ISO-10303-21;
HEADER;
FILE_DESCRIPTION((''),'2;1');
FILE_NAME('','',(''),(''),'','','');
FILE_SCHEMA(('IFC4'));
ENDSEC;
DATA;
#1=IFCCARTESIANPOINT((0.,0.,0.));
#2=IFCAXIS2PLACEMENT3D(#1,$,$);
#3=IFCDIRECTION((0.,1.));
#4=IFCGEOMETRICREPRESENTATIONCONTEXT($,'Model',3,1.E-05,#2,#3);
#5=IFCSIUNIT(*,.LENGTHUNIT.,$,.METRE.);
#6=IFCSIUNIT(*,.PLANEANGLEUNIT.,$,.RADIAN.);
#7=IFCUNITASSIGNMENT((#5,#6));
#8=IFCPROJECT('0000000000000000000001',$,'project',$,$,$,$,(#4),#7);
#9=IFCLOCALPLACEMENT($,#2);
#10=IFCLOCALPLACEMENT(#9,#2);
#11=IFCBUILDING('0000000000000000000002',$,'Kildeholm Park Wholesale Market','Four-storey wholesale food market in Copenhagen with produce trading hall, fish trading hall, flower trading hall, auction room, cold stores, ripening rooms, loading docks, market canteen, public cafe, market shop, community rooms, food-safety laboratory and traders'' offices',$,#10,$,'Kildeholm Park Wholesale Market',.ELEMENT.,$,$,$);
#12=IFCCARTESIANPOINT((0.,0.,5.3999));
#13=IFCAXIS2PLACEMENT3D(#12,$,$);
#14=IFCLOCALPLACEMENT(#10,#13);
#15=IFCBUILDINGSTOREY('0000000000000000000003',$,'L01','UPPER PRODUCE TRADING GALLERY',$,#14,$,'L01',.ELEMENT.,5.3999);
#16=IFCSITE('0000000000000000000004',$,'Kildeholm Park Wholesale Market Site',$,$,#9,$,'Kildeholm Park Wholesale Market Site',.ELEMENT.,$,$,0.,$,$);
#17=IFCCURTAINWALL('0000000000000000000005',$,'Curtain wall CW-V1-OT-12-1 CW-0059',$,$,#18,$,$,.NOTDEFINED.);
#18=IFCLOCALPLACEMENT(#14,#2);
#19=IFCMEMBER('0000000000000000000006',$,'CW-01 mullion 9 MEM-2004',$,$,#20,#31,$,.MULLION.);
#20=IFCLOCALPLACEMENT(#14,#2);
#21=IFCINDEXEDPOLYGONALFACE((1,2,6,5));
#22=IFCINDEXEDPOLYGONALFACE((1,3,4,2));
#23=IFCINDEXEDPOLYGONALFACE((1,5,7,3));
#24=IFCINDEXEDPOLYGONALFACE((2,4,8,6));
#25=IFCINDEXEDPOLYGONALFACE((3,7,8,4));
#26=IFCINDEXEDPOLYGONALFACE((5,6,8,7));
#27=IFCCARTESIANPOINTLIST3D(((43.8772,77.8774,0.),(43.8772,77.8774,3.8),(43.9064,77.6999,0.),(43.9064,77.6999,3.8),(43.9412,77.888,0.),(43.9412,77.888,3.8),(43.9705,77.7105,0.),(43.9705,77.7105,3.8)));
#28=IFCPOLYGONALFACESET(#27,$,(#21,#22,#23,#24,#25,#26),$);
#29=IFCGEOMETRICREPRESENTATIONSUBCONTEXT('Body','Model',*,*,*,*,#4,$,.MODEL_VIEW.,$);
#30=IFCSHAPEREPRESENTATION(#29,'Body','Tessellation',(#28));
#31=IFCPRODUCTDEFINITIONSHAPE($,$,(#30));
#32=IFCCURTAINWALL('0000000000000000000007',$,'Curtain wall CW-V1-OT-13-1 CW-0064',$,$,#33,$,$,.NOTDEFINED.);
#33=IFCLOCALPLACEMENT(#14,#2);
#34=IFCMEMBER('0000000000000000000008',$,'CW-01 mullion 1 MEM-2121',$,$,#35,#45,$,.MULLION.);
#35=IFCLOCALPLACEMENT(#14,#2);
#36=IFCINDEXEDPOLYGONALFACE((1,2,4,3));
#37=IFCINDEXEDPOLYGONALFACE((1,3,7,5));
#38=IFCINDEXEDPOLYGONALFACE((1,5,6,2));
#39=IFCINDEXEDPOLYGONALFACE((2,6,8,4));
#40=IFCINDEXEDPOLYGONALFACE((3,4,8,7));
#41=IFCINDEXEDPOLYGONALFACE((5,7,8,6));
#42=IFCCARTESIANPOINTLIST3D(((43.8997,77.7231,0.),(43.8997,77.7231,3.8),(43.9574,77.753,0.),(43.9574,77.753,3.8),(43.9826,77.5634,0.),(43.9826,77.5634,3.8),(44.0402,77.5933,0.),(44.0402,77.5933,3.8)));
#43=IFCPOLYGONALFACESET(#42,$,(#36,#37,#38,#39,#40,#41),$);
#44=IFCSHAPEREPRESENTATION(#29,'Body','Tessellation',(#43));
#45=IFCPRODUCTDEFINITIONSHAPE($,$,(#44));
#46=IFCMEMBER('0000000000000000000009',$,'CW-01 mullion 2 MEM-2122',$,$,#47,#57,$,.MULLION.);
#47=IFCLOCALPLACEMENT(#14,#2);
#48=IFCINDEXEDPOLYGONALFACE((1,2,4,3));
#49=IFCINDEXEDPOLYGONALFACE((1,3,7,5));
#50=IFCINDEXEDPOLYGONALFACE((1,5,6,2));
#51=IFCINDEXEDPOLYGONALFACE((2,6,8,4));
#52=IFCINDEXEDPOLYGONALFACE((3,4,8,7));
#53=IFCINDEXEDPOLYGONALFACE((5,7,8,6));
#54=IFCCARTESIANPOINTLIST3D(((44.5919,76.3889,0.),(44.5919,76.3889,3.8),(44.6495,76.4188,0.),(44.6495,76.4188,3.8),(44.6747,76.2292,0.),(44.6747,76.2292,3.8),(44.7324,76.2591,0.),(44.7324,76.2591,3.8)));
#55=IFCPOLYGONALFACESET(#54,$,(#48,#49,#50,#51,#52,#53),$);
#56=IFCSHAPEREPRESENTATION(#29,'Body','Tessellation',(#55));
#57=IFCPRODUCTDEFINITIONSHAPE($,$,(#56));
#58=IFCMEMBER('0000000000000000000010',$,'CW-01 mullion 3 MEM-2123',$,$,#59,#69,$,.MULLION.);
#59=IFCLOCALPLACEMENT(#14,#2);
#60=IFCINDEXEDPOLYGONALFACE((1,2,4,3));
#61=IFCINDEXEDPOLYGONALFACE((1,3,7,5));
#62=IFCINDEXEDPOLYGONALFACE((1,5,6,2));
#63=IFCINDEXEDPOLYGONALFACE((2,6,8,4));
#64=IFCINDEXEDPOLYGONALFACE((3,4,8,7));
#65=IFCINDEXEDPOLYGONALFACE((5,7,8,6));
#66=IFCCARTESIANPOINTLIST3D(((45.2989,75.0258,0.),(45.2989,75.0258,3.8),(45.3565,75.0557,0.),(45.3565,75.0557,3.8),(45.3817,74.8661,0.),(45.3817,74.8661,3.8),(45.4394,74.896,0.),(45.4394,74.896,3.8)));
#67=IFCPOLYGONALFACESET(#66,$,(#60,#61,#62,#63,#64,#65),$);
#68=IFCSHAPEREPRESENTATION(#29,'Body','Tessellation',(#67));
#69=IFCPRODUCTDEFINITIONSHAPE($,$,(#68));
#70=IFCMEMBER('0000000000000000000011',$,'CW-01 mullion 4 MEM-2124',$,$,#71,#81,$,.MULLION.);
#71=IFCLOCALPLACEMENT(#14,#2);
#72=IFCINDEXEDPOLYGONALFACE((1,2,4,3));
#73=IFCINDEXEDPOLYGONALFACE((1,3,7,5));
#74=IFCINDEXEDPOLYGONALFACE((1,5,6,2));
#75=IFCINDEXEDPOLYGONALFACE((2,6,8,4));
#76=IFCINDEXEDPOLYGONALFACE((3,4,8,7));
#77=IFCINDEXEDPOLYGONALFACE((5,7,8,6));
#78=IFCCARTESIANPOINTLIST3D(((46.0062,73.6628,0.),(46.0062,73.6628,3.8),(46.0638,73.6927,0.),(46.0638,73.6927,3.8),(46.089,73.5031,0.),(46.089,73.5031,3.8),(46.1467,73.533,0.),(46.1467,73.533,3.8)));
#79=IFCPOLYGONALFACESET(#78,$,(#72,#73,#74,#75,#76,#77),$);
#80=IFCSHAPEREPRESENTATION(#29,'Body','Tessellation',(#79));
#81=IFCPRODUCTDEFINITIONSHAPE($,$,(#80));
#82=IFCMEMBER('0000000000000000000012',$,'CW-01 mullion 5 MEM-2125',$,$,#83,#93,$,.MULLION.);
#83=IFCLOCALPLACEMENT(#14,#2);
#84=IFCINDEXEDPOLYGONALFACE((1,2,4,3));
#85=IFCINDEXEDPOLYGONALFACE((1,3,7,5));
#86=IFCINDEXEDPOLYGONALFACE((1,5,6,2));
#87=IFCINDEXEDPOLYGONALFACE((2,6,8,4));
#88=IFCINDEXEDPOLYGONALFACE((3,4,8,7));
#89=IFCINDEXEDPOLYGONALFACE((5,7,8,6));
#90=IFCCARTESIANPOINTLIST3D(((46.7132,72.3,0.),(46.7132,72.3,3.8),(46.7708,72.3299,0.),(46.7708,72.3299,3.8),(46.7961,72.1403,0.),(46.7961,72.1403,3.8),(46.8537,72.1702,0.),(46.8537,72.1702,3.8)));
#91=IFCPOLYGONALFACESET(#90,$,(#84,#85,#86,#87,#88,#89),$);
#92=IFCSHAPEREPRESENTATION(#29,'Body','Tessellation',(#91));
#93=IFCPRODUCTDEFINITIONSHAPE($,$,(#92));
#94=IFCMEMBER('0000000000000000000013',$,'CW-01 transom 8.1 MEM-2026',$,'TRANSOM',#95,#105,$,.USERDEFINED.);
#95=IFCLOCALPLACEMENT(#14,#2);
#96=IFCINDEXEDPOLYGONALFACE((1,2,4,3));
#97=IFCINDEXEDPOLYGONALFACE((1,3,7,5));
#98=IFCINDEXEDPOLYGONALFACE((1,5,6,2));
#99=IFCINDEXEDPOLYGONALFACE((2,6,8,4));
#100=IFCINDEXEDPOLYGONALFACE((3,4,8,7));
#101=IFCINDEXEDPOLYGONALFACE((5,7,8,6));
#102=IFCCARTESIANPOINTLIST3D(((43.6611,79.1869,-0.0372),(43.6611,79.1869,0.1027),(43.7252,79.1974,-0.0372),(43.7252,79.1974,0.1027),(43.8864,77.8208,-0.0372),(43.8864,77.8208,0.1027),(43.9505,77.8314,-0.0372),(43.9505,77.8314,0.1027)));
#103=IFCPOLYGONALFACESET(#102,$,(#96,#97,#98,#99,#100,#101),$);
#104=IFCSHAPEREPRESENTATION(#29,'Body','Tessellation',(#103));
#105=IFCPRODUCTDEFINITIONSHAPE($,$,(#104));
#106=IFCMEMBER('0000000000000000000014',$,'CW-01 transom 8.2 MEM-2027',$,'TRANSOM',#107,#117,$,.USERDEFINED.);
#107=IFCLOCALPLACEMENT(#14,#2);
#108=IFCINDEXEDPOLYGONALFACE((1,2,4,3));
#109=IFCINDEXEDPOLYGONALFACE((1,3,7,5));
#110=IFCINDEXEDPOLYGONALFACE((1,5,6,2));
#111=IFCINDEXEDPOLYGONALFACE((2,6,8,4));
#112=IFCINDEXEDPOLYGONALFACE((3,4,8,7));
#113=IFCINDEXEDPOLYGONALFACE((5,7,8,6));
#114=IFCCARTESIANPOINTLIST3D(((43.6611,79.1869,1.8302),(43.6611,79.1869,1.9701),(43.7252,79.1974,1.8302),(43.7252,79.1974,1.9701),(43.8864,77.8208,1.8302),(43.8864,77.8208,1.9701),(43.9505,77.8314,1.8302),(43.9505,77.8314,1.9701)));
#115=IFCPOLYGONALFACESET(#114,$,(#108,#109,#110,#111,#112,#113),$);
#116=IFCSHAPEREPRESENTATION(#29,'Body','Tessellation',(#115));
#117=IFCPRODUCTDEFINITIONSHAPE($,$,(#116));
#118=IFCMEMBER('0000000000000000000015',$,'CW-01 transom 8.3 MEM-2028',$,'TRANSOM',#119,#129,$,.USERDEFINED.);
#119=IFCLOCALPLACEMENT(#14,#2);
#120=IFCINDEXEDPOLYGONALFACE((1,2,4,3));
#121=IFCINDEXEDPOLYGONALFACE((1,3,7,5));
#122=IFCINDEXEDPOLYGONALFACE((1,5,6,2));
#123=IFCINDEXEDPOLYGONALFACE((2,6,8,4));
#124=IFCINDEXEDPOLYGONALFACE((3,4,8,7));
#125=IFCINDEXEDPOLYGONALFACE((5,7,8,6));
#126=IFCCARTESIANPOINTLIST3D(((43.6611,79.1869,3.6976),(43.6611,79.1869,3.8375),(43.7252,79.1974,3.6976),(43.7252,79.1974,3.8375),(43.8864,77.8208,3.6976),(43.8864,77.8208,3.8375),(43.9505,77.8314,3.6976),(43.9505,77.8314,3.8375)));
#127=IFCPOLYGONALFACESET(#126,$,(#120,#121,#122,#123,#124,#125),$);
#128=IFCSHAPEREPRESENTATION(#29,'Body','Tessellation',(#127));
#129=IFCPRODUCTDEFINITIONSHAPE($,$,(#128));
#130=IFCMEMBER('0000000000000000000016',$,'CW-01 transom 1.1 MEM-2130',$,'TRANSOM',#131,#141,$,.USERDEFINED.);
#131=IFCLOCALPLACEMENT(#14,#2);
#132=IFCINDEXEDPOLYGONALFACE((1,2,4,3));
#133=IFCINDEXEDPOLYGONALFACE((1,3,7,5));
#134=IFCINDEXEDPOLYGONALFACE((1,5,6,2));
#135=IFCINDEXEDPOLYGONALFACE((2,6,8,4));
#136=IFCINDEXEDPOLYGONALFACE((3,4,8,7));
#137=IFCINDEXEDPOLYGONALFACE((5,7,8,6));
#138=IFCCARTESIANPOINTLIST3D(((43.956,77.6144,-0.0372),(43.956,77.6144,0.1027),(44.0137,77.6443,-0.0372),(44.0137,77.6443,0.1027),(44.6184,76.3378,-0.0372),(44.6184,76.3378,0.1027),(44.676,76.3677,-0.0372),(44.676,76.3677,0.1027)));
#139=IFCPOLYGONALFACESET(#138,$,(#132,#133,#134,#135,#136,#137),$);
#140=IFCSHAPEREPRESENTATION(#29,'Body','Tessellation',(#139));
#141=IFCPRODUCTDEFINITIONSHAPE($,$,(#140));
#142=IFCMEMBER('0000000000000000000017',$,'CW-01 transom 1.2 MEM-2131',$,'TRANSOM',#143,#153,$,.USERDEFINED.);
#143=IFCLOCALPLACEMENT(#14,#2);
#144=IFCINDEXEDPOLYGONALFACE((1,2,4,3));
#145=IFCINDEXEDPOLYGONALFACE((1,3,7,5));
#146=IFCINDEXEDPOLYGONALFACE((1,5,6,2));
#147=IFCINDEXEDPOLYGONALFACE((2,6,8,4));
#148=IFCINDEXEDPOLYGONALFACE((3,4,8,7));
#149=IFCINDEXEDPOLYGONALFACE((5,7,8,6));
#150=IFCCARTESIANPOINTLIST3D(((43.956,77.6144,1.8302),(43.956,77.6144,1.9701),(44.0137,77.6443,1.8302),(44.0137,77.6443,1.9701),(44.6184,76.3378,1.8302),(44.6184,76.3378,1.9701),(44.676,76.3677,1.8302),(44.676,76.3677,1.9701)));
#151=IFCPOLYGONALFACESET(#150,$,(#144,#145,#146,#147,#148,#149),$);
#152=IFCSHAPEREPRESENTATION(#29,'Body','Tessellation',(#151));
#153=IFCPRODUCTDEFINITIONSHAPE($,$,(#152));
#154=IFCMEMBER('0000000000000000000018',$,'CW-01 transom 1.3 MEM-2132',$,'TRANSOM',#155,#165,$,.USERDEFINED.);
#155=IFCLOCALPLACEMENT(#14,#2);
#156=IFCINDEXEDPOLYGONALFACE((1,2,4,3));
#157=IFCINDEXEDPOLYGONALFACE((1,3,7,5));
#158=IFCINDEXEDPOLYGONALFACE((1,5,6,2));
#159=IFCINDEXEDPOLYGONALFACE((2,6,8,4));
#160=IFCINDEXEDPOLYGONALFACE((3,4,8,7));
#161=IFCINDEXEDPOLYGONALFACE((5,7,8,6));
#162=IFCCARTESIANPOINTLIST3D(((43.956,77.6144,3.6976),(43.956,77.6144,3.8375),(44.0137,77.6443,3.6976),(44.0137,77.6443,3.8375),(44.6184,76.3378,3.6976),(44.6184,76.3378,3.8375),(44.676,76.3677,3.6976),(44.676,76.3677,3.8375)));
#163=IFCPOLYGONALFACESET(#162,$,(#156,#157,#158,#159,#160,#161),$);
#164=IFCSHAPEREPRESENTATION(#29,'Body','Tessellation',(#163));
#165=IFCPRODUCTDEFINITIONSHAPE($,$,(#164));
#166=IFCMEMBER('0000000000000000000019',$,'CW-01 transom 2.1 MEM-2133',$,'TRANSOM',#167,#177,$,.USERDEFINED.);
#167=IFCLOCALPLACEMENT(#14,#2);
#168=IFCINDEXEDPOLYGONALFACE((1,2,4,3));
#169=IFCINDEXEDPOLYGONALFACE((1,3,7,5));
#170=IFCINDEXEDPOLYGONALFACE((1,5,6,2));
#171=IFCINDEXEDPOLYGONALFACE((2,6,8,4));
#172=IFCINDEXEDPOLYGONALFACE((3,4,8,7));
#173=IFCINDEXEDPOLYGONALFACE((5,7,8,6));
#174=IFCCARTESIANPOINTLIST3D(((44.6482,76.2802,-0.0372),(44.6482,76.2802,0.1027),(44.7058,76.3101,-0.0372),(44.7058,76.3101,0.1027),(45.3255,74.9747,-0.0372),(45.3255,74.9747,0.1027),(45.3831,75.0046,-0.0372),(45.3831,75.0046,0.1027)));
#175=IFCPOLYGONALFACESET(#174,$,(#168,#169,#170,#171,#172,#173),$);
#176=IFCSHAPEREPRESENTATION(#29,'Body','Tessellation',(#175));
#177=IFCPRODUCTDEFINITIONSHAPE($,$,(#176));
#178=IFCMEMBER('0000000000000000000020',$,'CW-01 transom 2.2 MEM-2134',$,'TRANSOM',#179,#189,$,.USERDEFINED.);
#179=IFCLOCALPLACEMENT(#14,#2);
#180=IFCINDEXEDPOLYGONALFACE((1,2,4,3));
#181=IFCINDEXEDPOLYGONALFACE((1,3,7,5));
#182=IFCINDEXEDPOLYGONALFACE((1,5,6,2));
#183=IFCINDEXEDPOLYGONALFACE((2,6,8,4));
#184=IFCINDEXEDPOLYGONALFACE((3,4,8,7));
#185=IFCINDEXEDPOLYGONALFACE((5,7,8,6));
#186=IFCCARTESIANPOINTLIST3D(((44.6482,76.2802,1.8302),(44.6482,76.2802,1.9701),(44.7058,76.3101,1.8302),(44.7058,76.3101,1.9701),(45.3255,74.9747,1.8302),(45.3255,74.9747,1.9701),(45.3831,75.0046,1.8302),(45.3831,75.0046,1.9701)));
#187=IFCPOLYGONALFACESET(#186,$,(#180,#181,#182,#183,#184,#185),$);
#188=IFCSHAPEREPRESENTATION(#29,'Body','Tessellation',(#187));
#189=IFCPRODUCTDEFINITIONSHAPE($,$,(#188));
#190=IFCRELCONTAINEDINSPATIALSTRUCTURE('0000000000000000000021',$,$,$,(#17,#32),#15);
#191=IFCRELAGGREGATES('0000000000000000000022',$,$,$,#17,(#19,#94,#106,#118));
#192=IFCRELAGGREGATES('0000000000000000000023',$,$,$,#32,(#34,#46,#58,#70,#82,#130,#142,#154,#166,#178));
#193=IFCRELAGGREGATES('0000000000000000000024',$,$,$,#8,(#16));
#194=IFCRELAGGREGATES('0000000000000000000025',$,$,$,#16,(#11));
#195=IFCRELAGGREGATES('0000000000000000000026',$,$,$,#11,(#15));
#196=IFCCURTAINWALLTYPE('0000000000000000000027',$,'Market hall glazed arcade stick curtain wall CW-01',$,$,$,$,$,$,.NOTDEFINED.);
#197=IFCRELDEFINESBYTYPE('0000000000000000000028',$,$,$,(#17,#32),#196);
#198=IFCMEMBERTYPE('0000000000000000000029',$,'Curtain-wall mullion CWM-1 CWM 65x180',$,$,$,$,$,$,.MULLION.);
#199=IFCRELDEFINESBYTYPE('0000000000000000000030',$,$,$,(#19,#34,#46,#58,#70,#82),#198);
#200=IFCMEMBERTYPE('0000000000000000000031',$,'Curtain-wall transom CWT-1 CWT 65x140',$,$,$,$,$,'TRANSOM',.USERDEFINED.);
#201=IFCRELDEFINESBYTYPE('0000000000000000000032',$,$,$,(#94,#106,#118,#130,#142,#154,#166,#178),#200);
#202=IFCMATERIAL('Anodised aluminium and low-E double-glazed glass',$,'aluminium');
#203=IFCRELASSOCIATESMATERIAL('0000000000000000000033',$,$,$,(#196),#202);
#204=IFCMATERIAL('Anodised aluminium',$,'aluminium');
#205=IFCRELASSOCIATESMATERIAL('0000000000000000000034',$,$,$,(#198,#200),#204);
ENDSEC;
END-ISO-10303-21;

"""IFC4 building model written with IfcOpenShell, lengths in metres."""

from ifc_helpers import new_model, si_unit, direction, frame, origin, origin_2d, place, context, subcontext, project, spatial, rectangle, extrude, material, material_profile, profile_set, type_object, element, aggregate, save


model = new_model("IFC4")

# Units and contexts
model_context = context("Model", 3, precision=1e-05, world=origin(), true_north=direction((0.0, 1.0)))
body_context = subcontext(model_context, "Body", "Model", "MODEL_VIEW")
ifc_project = project(units=[si_unit("LENGTHUNIT", "METRE"), si_unit("PLANEANGLEUNIT", "RADIAN")], contexts=[model_context])

# Site, building, storey
site_placement = place(None, origin())
site = spatial("IfcSite", under=ifc_project, at=site_placement, Name="Kildeholm Park Wholesale Market Site", LongName="Kildeholm Park Wholesale Market Site", CompositionType="ELEMENT", RefElevation=0.0)
building_placement = place(site_placement, origin())
building = spatial("IfcBuilding", under=site, at=building_placement, Name="Kildeholm Park Wholesale Market", Description="Four-storey wholesale food market in Copenhagen with produce trading hall, fish trading hall, flower trading hall, auction room, cold stores, ripening rooms, loading docks, market canteen, public cafe, market shop, community rooms, food-safety laboratory and traders' offices", LongName="Kildeholm Park Wholesale Market", CompositionType="ELEMENT")
storey_placement = place(building_placement, frame((0.0, 0.0, 5.3999)))
storey = spatial("IfcBuildingStorey", under=building, at=storey_placement, Name="L01", Description="UPPER PRODUCE TRADING GALLERY", LongName="L01", CompositionType="ELEMENT", Elevation=5.3999)

# Curtain walls, members
ifc_material_1 = material(Name="Anodised aluminium and low-E double-glazed glass", Category="aluminium")
curtain_wall_type = type_object("IfcCurtainWallType", Name="Market hall glazed arcade stick curtain wall CW-01", PredefinedType="NOTDEFINED", material=ifc_material_1)
curtain_wall_1_placement = place(storey_placement, origin())
curtain_wall_1 = element("IfcCurtainWall", 1, at=curtain_wall_1_placement, inside=storey, type_object=curtain_wall_type, Name="Curtain wall CW-V1-OT-12-1 CW-0059", PredefinedType="NOTDEFINED")
ifc_material_2 = material(Name="Anodised aluminium", Category="aluminium")
ifc_material_profile_1 = material_profile(ifc_material_2, rectangle(XDim=0.0649, YDim=0.1799, at=origin_2d()), Name="CWM 65x180")
ifc_profile_set_1 = profile_set([ifc_material_profile_1], Name="Anodised aluminium")
member_type_1 = type_object("IfcMemberType", Name="Curtain-wall mullion CWM-1 CWM 65x180", PredefinedType="MULLION", material=ifc_profile_set_1)
member_1_placement = place(storey_placement, frame((43.9238, 77.7939, 0.0), z_axis=(0.0, 0.0, 1.0), x_axis=(0.986675, 0.162703, 0.0)))
member_1 = element("IfcMember", 2, at=member_1_placement, type_object=member_type_1, Name="CW-01 mullion 9 MEM-2004", PredefinedType="MULLION", context=body_context, shape_type="SweptSolid", body=[
    extrude(rectangle(XDim=0.0649, YDim=0.1799, at=origin_2d()), origin(), (0.0, 0.0, 1.0), 3.8),
])
curtain_wall_2_placement = place(storey_placement, origin())
curtain_wall_2 = element("IfcCurtainWall", 3, at=curtain_wall_2_placement, inside=storey, type_object=curtain_wall_type, Name="Curtain wall CW-V1-OT-13-1 CW-0064", PredefinedType="NOTDEFINED")
member_2_placement = place(storey_placement, frame((43.97, 77.6582, 0.0), z_axis=(0.0, 0.0, 1.0), x_axis=(0.887652, 0.460514, 0.0)))
member_2 = element("IfcMember", 4, at=member_2_placement, type_object=member_type_1, Name="CW-01 mullion 1 MEM-2121", PredefinedType="MULLION", context=body_context, shape_type="SweptSolid", body=[
    extrude(rectangle(XDim=0.0649, YDim=0.1799, at=origin_2d()), origin(), (0.0, 0.0, 1.0), 3.8),
])
member_3_placement = place(storey_placement, frame((44.6621, 76.324, 0.0), z_axis=(0.0, 0.0, 1.0), x_axis=(0.887652, 0.460514, 0.0)))
member_3 = element("IfcMember", 5, at=member_3_placement, type_object=member_type_1, Name="CW-01 mullion 2 MEM-2122", PredefinedType="MULLION", context=body_context, shape_type="SweptSolid", body=[
    extrude(rectangle(XDim=0.0649, YDim=0.1799, at=origin_2d()), origin(), (0.0, 0.0, 1.0), 3.8),
])
member_4_placement = place(storey_placement, frame((45.3691, 74.9609, 0.0), z_axis=(0.0, 0.0, 1.0), x_axis=(0.887652, 0.460514, 0.0)))
member_4 = element("IfcMember", 6, at=member_4_placement, type_object=member_type_1, Name="CW-01 mullion 3 MEM-2123", PredefinedType="MULLION", context=body_context, shape_type="SweptSolid", body=[
    extrude(rectangle(XDim=0.0649, YDim=0.1799, at=origin_2d()), origin(), (0.0, 0.0, 1.0), 3.8),
])
member_5_placement = place(storey_placement, frame((46.0764, 73.5979, 0.0), z_axis=(0.0, 0.0, 1.0), x_axis=(0.887652, 0.460514, 0.0)))
member_5 = element("IfcMember", 7, at=member_5_placement, type_object=member_type_1, Name="CW-01 mullion 4 MEM-2124", PredefinedType="MULLION", context=body_context, shape_type="SweptSolid", body=[
    extrude(rectangle(XDim=0.0649, YDim=0.1799, at=origin_2d()), origin(), (0.0, 0.0, 1.0), 3.8),
])
member_6_placement = place(storey_placement, frame((46.7834, 72.2351, 0.0), z_axis=(0.0, 0.0, 1.0), x_axis=(0.887652, 0.460514, 0.0)))
member_6 = element("IfcMember", 8, at=member_6_placement, type_object=member_type_1, Name="CW-01 mullion 5 MEM-2125", PredefinedType="MULLION", context=body_context, shape_type="SweptSolid", body=[
    extrude(rectangle(XDim=0.0649, YDim=0.1799, at=origin_2d()), origin(), (0.0, 0.0, 1.0), 3.8),
])

# Members
ifc_material_profile_2 = material_profile(ifc_material_2, rectangle(XDim=0.0649, YDim=0.1399, at=origin_2d()), Name="CWT 65x140")
ifc_profile_set_2 = profile_set([ifc_material_profile_2], Name="Anodised aluminium")
member_type_2 = type_object("IfcMemberType", Name="Curtain-wall transom CWT-1 CWT 65x140", ElementType="TRANSOM", PredefinedType="USERDEFINED", material=ifc_profile_set_2)
member_7_placement = place(storey_placement, frame((43.6931, 79.1921, 0.0327), z_axis=(0.162769, -0.986664, 0.0), x_axis=(0.986664, 0.162769, 0.0)))
member_7 = element("IfcMember", 9, at=member_7_placement, type_object=member_type_2, Name="CW-01 transom 8.1 MEM-2026", ObjectType="TRANSOM", PredefinedType="USERDEFINED", context=body_context, shape_type="SweptSolid", body=[
    extrude(rectangle(XDim=0.0649, YDim=0.1399, at=origin_2d()), origin(), (0.0, 0.0, 1.0), 1.3845),
])
member_8_placement = place(storey_placement, frame((43.6931, 79.1921, 1.9001), z_axis=(0.162769, -0.986664, 0.0), x_axis=(0.986664, 0.162769, 0.0)))
member_8 = element("IfcMember", 10, at=member_8_placement, type_object=member_type_2, Name="CW-01 transom 8.2 MEM-2027", ObjectType="TRANSOM", PredefinedType="USERDEFINED", context=body_context, shape_type="SweptSolid", body=[
    extrude(rectangle(XDim=0.0649, YDim=0.1399, at=origin_2d()), origin(), (0.0, 0.0, 1.0), 1.3845),
])
member_9_placement = place(storey_placement, frame((43.6931, 79.1921, 3.7676), z_axis=(0.162769, -0.986664, 0.0), x_axis=(0.986664, 0.162769, 0.0)))
member_9 = element("IfcMember", 11, at=member_9_placement, type_object=member_type_2, Name="CW-01 transom 8.3 MEM-2028", ObjectType="TRANSOM", PredefinedType="USERDEFINED", context=body_context, shape_type="SweptSolid", body=[
    extrude(rectangle(XDim=0.0649, YDim=0.1399, at=origin_2d()), origin(), (0.0, 0.0, 1.0), 1.3845),
])
member_10_placement = place(storey_placement, frame((43.9849, 77.6294, 0.0327), z_axis=(0.46054, -0.887639, 0.0), x_axis=(0.887639, 0.46054, 0.0)))
member_10 = element("IfcMember", 12, at=member_10_placement, type_object=member_type_2, Name="CW-01 transom 1.1 MEM-2130", ObjectType="TRANSOM", PredefinedType="USERDEFINED", context=body_context, shape_type="SweptSolid", body=[
    extrude(rectangle(XDim=0.0649, YDim=0.1399, at=origin_2d()), origin(), (0.0, 0.0, 1.0), 1.4382),
])
member_11_placement = place(storey_placement, frame((43.9849, 77.6294, 1.9001), z_axis=(0.46054, -0.887639, 0.0), x_axis=(0.887639, 0.46054, 0.0)))
member_11 = element("IfcMember", 13, at=member_11_placement, type_object=member_type_2, Name="CW-01 transom 1.2 MEM-2131", ObjectType="TRANSOM", PredefinedType="USERDEFINED", context=body_context, shape_type="SweptSolid", body=[
    extrude(rectangle(XDim=0.0649, YDim=0.1399, at=origin_2d()), origin(), (0.0, 0.0, 1.0), 1.4382),
])
member_12_placement = place(storey_placement, frame((43.9849, 77.6294, 3.7676), z_axis=(0.46054, -0.887639, 0.0), x_axis=(0.887639, 0.46054, 0.0)))
member_12 = element("IfcMember", 14, at=member_12_placement, type_object=member_type_2, Name="CW-01 transom 1.3 MEM-2132", ObjectType="TRANSOM", PredefinedType="USERDEFINED", context=body_context, shape_type="SweptSolid", body=[
    extrude(rectangle(XDim=0.0649, YDim=0.1399, at=origin_2d()), origin(), (0.0, 0.0, 1.0), 1.4382),
])
member_13_placement = place(storey_placement, frame((44.677, 76.2952, 0.0327), z_axis=(0.460511, -0.887654, 0.0), x_axis=(0.887654, 0.460511, 0.0)))
member_13 = element("IfcMember", 15, at=member_13_placement, type_object=member_type_2, Name="CW-01 transom 2.1 MEM-2133", ObjectType="TRANSOM", PredefinedType="USERDEFINED", context=body_context, shape_type="SweptSolid", body=[
    extrude(rectangle(XDim=0.0649, YDim=0.1399, at=origin_2d()), origin(), (0.0, 0.0, 1.0), 1.4707),
])
member_14_placement = place(storey_placement, frame((44.677, 76.2952, 1.9001), z_axis=(0.460511, -0.887654, 0.0), x_axis=(0.887654, 0.460511, 0.0)))
member_14 = element("IfcMember", 16, at=member_14_placement, type_object=member_type_2, Name="CW-01 transom 2.2 MEM-2134", ObjectType="TRANSOM", PredefinedType="USERDEFINED", context=body_context, shape_type="SweptSolid", body=[
    extrude(rectangle(XDim=0.0649, YDim=0.1399, at=origin_2d()), origin(), (0.0, 0.0, 1.0), 1.4707),
])

aggregate(curtain_wall_1, [member_1, member_7, member_8, member_9])
aggregate(curtain_wall_2, [member_2, member_3, member_4, member_5, member_6, member_10, member_11, member_12, member_13, member_14])

save(model, "model.ifc")
